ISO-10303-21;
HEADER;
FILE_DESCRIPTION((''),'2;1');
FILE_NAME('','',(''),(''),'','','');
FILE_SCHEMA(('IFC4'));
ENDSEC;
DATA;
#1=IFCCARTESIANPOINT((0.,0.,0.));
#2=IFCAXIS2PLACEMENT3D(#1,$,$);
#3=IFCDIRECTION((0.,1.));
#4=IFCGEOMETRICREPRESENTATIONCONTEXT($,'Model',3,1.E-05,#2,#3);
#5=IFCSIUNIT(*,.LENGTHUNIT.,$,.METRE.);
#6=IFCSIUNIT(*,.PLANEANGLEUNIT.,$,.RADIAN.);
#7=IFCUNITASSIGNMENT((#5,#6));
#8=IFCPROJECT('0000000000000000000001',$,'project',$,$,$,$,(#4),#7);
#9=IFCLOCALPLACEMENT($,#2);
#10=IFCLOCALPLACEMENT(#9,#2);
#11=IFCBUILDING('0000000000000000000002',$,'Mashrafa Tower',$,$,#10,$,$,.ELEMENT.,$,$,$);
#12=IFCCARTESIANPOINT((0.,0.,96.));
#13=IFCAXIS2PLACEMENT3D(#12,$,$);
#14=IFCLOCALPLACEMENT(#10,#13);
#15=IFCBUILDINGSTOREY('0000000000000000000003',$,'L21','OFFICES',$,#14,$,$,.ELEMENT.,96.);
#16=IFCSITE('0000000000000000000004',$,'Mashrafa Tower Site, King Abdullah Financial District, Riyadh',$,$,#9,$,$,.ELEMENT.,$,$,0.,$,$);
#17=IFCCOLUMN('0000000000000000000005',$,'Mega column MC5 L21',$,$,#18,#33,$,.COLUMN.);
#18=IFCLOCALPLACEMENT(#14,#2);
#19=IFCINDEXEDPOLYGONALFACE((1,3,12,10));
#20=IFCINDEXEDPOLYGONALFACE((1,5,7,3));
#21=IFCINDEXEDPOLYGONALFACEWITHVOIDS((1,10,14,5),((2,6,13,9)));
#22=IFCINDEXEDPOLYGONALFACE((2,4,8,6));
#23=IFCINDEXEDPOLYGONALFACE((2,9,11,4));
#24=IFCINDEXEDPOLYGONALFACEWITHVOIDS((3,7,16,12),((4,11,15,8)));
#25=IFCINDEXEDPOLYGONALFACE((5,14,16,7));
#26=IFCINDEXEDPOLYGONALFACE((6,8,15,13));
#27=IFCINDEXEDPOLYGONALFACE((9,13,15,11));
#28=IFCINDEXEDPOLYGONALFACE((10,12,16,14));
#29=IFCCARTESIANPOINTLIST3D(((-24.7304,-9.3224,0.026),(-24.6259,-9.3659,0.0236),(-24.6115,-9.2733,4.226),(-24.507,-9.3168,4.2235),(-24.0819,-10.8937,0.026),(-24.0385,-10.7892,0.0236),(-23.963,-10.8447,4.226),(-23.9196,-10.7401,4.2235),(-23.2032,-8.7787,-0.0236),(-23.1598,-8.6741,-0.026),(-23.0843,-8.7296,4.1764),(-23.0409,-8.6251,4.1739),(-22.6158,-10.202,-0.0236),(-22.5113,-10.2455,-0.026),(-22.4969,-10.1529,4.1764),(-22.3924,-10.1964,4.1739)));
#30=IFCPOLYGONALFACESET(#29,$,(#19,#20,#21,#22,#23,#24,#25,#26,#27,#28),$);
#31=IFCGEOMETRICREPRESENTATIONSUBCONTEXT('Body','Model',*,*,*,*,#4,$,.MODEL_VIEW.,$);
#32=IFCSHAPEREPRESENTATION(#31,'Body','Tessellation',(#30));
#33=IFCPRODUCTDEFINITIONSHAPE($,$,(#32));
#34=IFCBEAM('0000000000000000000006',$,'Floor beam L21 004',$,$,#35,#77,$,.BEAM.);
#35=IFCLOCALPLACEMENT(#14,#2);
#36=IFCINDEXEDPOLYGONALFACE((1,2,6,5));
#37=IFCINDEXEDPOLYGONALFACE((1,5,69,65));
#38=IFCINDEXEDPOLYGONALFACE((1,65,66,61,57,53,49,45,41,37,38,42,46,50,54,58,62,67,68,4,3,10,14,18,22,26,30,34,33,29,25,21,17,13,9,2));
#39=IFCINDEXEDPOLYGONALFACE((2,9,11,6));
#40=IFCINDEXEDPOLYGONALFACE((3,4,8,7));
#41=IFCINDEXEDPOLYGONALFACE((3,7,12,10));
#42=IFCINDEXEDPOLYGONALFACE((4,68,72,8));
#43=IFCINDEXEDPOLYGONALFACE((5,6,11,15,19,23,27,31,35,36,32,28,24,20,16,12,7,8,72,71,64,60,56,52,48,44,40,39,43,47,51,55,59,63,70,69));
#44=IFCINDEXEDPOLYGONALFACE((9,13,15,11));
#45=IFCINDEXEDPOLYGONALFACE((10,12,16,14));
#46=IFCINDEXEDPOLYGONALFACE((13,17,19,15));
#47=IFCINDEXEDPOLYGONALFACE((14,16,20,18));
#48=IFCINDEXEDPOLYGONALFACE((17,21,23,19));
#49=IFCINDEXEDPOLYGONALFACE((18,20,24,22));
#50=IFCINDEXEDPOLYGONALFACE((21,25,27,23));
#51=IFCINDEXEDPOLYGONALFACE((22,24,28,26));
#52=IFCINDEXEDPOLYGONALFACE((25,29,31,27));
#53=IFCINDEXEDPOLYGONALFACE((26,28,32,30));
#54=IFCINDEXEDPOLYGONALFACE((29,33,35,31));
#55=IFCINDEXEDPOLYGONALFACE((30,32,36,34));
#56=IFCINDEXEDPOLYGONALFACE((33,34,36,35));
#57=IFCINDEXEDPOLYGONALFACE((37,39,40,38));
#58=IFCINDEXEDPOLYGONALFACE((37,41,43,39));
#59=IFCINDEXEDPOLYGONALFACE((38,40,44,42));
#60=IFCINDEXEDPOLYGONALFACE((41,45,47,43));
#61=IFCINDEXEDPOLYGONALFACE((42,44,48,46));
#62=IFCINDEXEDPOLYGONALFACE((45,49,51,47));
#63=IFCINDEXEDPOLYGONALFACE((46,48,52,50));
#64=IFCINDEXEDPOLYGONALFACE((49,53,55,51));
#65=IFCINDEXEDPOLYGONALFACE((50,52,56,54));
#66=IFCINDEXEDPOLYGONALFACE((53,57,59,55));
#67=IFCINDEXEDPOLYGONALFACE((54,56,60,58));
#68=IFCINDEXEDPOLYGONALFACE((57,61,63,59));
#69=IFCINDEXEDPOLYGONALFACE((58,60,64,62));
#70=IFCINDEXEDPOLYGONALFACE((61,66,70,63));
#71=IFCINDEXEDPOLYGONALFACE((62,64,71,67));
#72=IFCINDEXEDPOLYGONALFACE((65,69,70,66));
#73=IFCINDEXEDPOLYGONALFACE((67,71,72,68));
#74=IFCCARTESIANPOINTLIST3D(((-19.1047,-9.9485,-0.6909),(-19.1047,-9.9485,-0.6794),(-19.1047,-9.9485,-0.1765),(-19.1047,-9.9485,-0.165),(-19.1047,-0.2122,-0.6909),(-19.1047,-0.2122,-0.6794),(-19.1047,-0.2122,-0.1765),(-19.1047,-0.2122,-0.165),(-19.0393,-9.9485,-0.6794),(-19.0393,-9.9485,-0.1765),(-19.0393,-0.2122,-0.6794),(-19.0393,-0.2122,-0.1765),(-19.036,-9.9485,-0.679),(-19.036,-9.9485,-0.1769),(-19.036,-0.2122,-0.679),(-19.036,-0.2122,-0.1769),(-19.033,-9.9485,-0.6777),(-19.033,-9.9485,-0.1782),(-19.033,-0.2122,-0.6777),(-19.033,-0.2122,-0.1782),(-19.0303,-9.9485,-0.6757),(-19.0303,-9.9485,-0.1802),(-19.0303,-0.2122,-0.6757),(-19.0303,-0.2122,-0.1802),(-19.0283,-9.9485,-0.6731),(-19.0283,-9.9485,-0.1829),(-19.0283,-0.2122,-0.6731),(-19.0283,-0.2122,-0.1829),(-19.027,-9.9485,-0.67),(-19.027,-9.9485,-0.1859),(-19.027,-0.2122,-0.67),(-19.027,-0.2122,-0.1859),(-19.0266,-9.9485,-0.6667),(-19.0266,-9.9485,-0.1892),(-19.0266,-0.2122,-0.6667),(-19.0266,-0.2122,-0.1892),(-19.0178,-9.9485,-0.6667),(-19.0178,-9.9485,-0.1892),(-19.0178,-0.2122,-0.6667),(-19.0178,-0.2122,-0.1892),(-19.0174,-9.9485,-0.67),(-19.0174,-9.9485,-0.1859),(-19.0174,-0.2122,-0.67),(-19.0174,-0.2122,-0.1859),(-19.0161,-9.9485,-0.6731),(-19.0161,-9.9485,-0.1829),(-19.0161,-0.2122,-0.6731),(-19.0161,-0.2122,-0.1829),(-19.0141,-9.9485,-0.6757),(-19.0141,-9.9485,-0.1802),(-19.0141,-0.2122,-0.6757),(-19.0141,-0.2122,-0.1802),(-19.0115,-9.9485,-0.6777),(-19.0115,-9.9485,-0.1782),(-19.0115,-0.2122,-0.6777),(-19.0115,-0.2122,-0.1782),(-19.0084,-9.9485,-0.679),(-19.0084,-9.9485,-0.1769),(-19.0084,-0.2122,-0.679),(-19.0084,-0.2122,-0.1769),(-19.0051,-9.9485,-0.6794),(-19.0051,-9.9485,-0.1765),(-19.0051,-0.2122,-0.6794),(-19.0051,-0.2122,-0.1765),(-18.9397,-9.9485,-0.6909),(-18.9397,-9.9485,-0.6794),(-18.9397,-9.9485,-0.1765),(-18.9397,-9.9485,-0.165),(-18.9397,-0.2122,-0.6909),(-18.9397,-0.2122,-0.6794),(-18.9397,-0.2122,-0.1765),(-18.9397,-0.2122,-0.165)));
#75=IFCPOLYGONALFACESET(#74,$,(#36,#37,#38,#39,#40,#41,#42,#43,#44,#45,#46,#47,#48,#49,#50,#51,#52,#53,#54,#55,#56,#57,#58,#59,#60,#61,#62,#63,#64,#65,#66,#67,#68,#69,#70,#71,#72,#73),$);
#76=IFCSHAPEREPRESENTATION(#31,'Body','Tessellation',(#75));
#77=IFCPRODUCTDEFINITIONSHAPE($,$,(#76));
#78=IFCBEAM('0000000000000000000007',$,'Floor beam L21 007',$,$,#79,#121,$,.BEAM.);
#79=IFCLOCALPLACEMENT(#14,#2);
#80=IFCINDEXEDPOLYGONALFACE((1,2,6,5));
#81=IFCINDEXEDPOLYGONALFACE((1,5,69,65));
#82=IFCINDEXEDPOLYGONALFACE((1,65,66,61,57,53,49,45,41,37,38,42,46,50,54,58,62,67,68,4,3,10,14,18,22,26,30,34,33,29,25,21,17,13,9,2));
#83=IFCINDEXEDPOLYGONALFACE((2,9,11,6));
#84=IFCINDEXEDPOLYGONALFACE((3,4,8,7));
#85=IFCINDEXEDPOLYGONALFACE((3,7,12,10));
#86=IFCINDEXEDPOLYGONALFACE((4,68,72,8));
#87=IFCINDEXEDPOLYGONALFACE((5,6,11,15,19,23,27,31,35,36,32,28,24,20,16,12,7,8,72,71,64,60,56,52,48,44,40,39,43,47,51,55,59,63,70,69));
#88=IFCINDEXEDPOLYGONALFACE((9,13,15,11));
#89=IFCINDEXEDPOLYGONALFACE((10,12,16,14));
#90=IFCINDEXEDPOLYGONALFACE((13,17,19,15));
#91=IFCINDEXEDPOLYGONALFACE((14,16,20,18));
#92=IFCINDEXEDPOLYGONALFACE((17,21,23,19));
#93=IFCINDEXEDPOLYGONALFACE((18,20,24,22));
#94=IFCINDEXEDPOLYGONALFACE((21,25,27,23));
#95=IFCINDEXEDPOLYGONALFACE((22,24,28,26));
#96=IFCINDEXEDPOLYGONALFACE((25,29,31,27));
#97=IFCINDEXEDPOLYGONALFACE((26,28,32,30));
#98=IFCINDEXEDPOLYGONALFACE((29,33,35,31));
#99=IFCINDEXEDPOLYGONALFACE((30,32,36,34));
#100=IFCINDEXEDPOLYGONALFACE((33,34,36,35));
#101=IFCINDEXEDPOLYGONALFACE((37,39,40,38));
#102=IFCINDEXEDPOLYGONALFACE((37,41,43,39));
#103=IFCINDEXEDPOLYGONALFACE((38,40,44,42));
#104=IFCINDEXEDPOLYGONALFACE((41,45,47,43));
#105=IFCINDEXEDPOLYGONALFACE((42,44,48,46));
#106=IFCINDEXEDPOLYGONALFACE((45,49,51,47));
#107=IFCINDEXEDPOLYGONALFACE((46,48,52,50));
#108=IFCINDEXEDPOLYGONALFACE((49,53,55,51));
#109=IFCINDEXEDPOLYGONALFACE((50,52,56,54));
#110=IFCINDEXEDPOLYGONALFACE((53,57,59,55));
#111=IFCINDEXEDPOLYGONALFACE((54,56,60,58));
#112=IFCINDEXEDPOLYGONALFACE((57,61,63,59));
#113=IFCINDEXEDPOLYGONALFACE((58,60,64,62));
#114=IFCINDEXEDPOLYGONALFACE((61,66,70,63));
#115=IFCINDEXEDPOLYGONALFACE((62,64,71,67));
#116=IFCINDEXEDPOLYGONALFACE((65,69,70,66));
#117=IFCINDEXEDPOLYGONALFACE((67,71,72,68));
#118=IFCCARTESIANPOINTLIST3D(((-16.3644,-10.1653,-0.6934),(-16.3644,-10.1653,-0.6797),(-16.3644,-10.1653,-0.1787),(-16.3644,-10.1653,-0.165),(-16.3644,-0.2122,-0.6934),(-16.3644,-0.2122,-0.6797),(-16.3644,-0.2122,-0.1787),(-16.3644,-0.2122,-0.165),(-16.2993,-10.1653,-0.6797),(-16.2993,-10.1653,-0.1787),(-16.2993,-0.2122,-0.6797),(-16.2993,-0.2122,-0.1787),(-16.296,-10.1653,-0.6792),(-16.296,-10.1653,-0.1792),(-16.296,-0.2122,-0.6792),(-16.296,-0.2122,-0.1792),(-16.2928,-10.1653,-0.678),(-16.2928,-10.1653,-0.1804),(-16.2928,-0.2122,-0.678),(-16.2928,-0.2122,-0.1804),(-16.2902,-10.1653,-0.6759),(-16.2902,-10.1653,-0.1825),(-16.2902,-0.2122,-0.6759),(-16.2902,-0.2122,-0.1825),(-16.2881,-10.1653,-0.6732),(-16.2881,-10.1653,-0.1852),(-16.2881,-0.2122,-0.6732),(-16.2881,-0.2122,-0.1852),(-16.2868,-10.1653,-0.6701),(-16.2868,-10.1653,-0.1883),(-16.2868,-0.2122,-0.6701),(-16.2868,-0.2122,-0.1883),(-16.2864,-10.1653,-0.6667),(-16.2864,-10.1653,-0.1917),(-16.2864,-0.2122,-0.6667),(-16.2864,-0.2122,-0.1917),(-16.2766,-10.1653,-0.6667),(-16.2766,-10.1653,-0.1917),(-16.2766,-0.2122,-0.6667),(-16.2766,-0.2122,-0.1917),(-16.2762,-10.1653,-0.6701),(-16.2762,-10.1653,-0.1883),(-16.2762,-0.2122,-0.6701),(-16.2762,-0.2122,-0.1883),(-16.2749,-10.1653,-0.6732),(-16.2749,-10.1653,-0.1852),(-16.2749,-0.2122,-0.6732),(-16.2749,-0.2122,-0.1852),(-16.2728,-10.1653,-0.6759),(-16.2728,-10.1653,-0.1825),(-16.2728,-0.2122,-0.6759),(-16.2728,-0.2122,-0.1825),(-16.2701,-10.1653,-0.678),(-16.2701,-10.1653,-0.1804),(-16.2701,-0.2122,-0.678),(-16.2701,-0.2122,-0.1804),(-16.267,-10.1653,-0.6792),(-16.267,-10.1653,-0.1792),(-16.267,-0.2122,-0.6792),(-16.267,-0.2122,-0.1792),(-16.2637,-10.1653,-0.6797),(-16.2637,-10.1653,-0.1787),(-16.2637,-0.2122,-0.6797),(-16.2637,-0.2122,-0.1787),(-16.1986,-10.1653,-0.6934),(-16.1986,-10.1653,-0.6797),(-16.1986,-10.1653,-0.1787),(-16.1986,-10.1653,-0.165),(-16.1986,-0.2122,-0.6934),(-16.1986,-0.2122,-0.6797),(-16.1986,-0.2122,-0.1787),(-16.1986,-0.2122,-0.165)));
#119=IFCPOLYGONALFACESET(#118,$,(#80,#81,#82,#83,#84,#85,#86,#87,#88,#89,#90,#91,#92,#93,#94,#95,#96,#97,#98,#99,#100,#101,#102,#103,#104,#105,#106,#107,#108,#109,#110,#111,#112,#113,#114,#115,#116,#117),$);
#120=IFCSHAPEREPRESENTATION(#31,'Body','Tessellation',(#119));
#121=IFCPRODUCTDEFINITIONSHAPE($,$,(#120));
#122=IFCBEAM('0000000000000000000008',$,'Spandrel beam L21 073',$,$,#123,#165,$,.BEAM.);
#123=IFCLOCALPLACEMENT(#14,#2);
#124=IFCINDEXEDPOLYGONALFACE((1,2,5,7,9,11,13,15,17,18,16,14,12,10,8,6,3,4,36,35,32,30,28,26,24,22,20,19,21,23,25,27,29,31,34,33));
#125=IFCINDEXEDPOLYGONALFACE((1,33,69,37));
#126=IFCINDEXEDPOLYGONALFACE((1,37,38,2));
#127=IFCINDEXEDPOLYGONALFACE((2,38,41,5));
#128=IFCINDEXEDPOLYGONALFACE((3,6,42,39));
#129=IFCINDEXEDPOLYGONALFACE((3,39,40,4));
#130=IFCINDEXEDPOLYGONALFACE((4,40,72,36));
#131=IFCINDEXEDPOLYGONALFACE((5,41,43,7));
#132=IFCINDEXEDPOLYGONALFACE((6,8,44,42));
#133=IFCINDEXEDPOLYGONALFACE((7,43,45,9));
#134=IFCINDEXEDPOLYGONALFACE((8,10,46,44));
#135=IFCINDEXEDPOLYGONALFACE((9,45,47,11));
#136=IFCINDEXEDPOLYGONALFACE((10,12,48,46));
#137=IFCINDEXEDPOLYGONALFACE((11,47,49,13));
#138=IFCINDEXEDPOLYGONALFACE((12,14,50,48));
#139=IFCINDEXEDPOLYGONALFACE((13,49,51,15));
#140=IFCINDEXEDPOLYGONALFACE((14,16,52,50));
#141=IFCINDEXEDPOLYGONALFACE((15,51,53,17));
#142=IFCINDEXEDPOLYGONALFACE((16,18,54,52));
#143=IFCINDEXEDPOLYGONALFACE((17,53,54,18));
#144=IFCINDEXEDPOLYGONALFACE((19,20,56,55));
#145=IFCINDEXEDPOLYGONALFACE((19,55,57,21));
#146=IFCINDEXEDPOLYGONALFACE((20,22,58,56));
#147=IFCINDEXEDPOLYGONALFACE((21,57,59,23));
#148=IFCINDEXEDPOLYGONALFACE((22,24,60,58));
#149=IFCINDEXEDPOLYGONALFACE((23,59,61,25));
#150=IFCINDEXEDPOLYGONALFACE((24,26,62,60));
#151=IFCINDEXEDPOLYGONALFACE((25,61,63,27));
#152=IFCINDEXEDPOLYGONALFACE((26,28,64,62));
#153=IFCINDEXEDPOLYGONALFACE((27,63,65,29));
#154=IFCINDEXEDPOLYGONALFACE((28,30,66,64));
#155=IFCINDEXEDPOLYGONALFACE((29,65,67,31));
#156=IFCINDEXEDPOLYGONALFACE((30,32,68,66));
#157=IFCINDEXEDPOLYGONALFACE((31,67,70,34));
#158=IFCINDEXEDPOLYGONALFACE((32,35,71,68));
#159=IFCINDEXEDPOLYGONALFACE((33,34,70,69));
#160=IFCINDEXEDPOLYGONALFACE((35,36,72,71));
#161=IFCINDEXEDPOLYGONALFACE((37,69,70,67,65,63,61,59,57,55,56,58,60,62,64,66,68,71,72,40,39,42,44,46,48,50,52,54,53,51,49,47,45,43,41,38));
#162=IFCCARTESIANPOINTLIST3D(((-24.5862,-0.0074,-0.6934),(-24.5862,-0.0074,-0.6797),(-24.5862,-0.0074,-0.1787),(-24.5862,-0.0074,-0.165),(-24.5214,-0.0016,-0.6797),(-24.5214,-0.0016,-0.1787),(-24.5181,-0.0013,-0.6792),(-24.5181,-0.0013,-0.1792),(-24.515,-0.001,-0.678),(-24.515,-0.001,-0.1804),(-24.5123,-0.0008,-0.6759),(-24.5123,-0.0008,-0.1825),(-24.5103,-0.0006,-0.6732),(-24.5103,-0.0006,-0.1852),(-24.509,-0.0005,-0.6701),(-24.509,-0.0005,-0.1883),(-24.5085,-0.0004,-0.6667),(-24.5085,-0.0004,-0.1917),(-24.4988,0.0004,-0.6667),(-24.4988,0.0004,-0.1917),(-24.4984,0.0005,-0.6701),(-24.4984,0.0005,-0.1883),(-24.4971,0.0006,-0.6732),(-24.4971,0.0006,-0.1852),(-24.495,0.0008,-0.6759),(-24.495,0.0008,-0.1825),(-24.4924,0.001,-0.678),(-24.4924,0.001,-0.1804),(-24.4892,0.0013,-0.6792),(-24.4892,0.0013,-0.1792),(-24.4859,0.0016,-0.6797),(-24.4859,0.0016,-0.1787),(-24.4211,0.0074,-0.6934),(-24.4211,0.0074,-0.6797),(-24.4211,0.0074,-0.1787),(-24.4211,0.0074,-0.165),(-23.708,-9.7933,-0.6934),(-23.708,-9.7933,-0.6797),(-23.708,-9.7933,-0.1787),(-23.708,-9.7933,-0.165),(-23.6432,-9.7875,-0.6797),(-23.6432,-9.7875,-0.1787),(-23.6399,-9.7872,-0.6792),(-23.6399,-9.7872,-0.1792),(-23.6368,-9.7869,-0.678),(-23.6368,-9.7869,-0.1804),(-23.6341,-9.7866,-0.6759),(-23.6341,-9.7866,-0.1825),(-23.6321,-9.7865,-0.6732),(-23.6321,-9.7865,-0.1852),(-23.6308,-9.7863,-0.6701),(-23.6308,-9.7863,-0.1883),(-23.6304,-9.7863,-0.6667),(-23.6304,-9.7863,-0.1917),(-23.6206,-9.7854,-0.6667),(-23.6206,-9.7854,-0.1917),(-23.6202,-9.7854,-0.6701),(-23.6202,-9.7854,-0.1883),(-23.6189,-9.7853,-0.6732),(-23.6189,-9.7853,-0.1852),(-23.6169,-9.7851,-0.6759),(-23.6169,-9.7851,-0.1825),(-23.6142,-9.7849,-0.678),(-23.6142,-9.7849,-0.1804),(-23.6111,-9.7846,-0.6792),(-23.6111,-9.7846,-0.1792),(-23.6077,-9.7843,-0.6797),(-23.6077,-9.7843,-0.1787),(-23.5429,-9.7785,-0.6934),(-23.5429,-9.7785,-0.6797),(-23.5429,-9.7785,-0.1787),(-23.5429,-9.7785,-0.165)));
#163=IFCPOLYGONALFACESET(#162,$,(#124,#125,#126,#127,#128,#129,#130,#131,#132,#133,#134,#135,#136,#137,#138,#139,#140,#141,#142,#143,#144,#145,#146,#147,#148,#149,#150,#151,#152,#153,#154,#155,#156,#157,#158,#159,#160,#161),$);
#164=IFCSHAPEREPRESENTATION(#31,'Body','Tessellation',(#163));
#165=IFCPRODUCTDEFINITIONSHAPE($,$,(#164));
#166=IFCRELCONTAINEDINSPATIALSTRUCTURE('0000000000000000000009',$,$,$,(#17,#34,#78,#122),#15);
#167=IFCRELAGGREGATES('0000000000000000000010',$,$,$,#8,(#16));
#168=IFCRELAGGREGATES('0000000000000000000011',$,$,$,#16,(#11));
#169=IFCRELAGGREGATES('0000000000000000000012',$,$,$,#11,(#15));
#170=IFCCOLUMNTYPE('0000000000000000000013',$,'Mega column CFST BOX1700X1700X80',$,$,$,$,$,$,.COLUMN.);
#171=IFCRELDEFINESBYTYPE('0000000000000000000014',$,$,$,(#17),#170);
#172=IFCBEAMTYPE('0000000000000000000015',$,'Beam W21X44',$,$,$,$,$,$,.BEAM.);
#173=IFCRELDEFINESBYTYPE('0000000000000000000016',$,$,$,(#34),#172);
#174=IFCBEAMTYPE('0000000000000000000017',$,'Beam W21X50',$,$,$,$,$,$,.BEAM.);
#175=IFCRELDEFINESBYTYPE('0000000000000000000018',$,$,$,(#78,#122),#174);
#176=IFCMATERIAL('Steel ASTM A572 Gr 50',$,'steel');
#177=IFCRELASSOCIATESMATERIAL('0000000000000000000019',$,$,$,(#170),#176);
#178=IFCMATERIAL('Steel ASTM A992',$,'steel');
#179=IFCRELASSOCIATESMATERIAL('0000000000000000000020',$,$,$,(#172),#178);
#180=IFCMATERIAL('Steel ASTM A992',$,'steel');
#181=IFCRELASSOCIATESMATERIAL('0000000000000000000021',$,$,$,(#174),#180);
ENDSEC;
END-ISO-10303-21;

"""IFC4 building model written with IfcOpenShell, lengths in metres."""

from ifc_helpers import new_model, si_unit, direction, frame, origin, origin_2d, place, context, subcontext, project, spatial, hollow_rectangle, i_section, extrude, material, material_profile, profile_set, type_object, element, save


model = new_model("IFC4")

# Units and contexts
model_context = context("Model", 3, precision=1e-05, world=origin(), true_north=direction((0.0, 1.0)))
body_context = subcontext(model_context, "Body", "Model", "MODEL_VIEW")
ifc_project = project(units=[si_unit("LENGTHUNIT", "METRE"), si_unit("PLANEANGLEUNIT", "RADIAN")], contexts=[model_context])

# Site, building, storey
site_placement = place(None, origin())
site = spatial("IfcSite", under=ifc_project, at=site_placement, Name="Mashrafa Tower Site, King Abdullah Financial District, Riyadh", CompositionType="ELEMENT", RefElevation=0.0)
building_placement = place(site_placement, origin())
building = spatial("IfcBuilding", under=site, at=building_placement, Name="Mashrafa Tower", CompositionType="ELEMENT")
storey_placement = place(building_placement, frame((0.0, 0.0, 96.0)))
storey = spatial("IfcBuildingStorey", under=building, at=storey_placement, Name="L21", Description="OFFICES", CompositionType="ELEMENT", Elevation=96.0)

# Column
ifc_material_1 = material(Name="Steel ASTM A572 Gr 50", Category="steel")
ifc_material_profile_1 = material_profile(ifc_material_1, hollow_rectangle(XDim=1.7, YDim=1.7, WallThickness=0.0801, at=origin_2d()), Name="BOX1700X1700X80")
ifc_profile_set_1 = profile_set([ifc_material_profile_1], Name="Steel ASTM A572 Gr 50")
column_type = type_object("IfcColumnType", Name="Mega column CFST BOX1700X1700X80", PredefinedType="COLUMN", material=ifc_profile_set_1)
column_placement = place(storey_placement, frame((-23.6208, -9.7839, 0.0), z_axis=(0.028296, 0.011679, 0.999531), x_axis=(-0.381513, 0.924363, 0.0)))
element("IfcColumn", 1, at=column_placement, inside=storey, type_object=column_type, Name="Mega column MC5 L21", PredefinedType="COLUMN", context=body_context, shape_type="SweptSolid", body=[
    extrude(hollow_rectangle(XDim=1.7, YDim=1.7, WallThickness=0.0801, at=origin_2d()), origin(), (0.0, 0.0, 1.0), 4.2019),
])

# Beams
ifc_material_2 = material(Name="Steel ASTM A992", Category="steel")
ifc_material_profile_2 = material_profile(ifc_material_2, i_section(OverallWidth=0.165, OverallDepth=0.5259, WebThickness=0.0088, FlangeThickness=0.0115, FilletRadius=0.0127, at=origin_2d()), Name="W21X44")
ifc_profile_set_2 = profile_set([ifc_material_profile_2], Name="Steel ASTM A992")
beam_type_1 = type_object("IfcBeamType", Name="Beam W21X44", PredefinedType="BEAM", material=ifc_profile_set_2)
beam_1_placement = place(storey_placement, frame((-19.0222, -9.9485, -0.428), z_axis=(0.0, 1.0, 0.0), x_axis=(-1.0, 0.0, 0.0)))
element("IfcBeam", 2, at=beam_1_placement, inside=storey, type_object=beam_type_1, Name="Floor beam L21 004", PredefinedType="BEAM", context=body_context, shape_type="SweptSolid", body=[
    extrude(i_section(OverallWidth=0.165, OverallDepth=0.5259, WebThickness=0.0088, FlangeThickness=0.0115, FilletRadius=0.0127, at=origin_2d()), origin(), (0.0, 0.0, 1.0), 9.7363),
])
ifc_material_3 = material(Name="Steel ASTM A992", Category="steel")
ifc_material_profile_3 = material_profile(ifc_material_3, i_section(OverallWidth=0.1658, OverallDepth=0.5283, WebThickness=0.0098, FlangeThickness=0.0137, FilletRadius=0.0129, at=origin_2d()), Name="W21X50")
ifc_profile_set_3 = profile_set([ifc_material_profile_3], Name="Steel ASTM A992")
beam_type_2 = type_object("IfcBeamType", Name="Beam W21X50", PredefinedType="BEAM", material=ifc_profile_set_3)
beam_2_placement = place(storey_placement, frame((-16.2815, -10.1653, -0.4292), z_axis=(0.0, 1.0, 0.0), x_axis=(-1.0, 0.0, 0.0)))
element("IfcBeam", 3, at=beam_2_placement, inside=storey, type_object=beam_type_2, Name="Floor beam L21 007", PredefinedType="BEAM", context=body_context, shape_type="SweptSolid", body=[
    extrude(i_section(OverallWidth=0.1658, OverallDepth=0.5283, WebThickness=0.0098, FlangeThickness=0.0137, FilletRadius=0.0129, at=origin_2d()), origin(), (0.0, 0.0, 1.0), 9.9531),
])
beam_3_placement = place(storey_placement, frame((-24.5037, 0.0, -0.4292), z_axis=(0.08938, -0.995998, 0.0), x_axis=(0.995998, 0.08938, 0.0)))
element("IfcBeam", 4, at=beam_3_placement, inside=storey, type_object=beam_type_2, Name="Spandrel beam L21 073", PredefinedType="BEAM", context=body_context, shape_type="SweptSolid", body=[
    extrude(i_section(OverallWidth=0.1658, OverallDepth=0.5283, WebThickness=0.0098, FlangeThickness=0.0137, FilletRadius=0.0129, at=origin_2d()), origin(), (0.0, 0.0, 1.0), 9.8252),
])

save(model, "model.ifc")
